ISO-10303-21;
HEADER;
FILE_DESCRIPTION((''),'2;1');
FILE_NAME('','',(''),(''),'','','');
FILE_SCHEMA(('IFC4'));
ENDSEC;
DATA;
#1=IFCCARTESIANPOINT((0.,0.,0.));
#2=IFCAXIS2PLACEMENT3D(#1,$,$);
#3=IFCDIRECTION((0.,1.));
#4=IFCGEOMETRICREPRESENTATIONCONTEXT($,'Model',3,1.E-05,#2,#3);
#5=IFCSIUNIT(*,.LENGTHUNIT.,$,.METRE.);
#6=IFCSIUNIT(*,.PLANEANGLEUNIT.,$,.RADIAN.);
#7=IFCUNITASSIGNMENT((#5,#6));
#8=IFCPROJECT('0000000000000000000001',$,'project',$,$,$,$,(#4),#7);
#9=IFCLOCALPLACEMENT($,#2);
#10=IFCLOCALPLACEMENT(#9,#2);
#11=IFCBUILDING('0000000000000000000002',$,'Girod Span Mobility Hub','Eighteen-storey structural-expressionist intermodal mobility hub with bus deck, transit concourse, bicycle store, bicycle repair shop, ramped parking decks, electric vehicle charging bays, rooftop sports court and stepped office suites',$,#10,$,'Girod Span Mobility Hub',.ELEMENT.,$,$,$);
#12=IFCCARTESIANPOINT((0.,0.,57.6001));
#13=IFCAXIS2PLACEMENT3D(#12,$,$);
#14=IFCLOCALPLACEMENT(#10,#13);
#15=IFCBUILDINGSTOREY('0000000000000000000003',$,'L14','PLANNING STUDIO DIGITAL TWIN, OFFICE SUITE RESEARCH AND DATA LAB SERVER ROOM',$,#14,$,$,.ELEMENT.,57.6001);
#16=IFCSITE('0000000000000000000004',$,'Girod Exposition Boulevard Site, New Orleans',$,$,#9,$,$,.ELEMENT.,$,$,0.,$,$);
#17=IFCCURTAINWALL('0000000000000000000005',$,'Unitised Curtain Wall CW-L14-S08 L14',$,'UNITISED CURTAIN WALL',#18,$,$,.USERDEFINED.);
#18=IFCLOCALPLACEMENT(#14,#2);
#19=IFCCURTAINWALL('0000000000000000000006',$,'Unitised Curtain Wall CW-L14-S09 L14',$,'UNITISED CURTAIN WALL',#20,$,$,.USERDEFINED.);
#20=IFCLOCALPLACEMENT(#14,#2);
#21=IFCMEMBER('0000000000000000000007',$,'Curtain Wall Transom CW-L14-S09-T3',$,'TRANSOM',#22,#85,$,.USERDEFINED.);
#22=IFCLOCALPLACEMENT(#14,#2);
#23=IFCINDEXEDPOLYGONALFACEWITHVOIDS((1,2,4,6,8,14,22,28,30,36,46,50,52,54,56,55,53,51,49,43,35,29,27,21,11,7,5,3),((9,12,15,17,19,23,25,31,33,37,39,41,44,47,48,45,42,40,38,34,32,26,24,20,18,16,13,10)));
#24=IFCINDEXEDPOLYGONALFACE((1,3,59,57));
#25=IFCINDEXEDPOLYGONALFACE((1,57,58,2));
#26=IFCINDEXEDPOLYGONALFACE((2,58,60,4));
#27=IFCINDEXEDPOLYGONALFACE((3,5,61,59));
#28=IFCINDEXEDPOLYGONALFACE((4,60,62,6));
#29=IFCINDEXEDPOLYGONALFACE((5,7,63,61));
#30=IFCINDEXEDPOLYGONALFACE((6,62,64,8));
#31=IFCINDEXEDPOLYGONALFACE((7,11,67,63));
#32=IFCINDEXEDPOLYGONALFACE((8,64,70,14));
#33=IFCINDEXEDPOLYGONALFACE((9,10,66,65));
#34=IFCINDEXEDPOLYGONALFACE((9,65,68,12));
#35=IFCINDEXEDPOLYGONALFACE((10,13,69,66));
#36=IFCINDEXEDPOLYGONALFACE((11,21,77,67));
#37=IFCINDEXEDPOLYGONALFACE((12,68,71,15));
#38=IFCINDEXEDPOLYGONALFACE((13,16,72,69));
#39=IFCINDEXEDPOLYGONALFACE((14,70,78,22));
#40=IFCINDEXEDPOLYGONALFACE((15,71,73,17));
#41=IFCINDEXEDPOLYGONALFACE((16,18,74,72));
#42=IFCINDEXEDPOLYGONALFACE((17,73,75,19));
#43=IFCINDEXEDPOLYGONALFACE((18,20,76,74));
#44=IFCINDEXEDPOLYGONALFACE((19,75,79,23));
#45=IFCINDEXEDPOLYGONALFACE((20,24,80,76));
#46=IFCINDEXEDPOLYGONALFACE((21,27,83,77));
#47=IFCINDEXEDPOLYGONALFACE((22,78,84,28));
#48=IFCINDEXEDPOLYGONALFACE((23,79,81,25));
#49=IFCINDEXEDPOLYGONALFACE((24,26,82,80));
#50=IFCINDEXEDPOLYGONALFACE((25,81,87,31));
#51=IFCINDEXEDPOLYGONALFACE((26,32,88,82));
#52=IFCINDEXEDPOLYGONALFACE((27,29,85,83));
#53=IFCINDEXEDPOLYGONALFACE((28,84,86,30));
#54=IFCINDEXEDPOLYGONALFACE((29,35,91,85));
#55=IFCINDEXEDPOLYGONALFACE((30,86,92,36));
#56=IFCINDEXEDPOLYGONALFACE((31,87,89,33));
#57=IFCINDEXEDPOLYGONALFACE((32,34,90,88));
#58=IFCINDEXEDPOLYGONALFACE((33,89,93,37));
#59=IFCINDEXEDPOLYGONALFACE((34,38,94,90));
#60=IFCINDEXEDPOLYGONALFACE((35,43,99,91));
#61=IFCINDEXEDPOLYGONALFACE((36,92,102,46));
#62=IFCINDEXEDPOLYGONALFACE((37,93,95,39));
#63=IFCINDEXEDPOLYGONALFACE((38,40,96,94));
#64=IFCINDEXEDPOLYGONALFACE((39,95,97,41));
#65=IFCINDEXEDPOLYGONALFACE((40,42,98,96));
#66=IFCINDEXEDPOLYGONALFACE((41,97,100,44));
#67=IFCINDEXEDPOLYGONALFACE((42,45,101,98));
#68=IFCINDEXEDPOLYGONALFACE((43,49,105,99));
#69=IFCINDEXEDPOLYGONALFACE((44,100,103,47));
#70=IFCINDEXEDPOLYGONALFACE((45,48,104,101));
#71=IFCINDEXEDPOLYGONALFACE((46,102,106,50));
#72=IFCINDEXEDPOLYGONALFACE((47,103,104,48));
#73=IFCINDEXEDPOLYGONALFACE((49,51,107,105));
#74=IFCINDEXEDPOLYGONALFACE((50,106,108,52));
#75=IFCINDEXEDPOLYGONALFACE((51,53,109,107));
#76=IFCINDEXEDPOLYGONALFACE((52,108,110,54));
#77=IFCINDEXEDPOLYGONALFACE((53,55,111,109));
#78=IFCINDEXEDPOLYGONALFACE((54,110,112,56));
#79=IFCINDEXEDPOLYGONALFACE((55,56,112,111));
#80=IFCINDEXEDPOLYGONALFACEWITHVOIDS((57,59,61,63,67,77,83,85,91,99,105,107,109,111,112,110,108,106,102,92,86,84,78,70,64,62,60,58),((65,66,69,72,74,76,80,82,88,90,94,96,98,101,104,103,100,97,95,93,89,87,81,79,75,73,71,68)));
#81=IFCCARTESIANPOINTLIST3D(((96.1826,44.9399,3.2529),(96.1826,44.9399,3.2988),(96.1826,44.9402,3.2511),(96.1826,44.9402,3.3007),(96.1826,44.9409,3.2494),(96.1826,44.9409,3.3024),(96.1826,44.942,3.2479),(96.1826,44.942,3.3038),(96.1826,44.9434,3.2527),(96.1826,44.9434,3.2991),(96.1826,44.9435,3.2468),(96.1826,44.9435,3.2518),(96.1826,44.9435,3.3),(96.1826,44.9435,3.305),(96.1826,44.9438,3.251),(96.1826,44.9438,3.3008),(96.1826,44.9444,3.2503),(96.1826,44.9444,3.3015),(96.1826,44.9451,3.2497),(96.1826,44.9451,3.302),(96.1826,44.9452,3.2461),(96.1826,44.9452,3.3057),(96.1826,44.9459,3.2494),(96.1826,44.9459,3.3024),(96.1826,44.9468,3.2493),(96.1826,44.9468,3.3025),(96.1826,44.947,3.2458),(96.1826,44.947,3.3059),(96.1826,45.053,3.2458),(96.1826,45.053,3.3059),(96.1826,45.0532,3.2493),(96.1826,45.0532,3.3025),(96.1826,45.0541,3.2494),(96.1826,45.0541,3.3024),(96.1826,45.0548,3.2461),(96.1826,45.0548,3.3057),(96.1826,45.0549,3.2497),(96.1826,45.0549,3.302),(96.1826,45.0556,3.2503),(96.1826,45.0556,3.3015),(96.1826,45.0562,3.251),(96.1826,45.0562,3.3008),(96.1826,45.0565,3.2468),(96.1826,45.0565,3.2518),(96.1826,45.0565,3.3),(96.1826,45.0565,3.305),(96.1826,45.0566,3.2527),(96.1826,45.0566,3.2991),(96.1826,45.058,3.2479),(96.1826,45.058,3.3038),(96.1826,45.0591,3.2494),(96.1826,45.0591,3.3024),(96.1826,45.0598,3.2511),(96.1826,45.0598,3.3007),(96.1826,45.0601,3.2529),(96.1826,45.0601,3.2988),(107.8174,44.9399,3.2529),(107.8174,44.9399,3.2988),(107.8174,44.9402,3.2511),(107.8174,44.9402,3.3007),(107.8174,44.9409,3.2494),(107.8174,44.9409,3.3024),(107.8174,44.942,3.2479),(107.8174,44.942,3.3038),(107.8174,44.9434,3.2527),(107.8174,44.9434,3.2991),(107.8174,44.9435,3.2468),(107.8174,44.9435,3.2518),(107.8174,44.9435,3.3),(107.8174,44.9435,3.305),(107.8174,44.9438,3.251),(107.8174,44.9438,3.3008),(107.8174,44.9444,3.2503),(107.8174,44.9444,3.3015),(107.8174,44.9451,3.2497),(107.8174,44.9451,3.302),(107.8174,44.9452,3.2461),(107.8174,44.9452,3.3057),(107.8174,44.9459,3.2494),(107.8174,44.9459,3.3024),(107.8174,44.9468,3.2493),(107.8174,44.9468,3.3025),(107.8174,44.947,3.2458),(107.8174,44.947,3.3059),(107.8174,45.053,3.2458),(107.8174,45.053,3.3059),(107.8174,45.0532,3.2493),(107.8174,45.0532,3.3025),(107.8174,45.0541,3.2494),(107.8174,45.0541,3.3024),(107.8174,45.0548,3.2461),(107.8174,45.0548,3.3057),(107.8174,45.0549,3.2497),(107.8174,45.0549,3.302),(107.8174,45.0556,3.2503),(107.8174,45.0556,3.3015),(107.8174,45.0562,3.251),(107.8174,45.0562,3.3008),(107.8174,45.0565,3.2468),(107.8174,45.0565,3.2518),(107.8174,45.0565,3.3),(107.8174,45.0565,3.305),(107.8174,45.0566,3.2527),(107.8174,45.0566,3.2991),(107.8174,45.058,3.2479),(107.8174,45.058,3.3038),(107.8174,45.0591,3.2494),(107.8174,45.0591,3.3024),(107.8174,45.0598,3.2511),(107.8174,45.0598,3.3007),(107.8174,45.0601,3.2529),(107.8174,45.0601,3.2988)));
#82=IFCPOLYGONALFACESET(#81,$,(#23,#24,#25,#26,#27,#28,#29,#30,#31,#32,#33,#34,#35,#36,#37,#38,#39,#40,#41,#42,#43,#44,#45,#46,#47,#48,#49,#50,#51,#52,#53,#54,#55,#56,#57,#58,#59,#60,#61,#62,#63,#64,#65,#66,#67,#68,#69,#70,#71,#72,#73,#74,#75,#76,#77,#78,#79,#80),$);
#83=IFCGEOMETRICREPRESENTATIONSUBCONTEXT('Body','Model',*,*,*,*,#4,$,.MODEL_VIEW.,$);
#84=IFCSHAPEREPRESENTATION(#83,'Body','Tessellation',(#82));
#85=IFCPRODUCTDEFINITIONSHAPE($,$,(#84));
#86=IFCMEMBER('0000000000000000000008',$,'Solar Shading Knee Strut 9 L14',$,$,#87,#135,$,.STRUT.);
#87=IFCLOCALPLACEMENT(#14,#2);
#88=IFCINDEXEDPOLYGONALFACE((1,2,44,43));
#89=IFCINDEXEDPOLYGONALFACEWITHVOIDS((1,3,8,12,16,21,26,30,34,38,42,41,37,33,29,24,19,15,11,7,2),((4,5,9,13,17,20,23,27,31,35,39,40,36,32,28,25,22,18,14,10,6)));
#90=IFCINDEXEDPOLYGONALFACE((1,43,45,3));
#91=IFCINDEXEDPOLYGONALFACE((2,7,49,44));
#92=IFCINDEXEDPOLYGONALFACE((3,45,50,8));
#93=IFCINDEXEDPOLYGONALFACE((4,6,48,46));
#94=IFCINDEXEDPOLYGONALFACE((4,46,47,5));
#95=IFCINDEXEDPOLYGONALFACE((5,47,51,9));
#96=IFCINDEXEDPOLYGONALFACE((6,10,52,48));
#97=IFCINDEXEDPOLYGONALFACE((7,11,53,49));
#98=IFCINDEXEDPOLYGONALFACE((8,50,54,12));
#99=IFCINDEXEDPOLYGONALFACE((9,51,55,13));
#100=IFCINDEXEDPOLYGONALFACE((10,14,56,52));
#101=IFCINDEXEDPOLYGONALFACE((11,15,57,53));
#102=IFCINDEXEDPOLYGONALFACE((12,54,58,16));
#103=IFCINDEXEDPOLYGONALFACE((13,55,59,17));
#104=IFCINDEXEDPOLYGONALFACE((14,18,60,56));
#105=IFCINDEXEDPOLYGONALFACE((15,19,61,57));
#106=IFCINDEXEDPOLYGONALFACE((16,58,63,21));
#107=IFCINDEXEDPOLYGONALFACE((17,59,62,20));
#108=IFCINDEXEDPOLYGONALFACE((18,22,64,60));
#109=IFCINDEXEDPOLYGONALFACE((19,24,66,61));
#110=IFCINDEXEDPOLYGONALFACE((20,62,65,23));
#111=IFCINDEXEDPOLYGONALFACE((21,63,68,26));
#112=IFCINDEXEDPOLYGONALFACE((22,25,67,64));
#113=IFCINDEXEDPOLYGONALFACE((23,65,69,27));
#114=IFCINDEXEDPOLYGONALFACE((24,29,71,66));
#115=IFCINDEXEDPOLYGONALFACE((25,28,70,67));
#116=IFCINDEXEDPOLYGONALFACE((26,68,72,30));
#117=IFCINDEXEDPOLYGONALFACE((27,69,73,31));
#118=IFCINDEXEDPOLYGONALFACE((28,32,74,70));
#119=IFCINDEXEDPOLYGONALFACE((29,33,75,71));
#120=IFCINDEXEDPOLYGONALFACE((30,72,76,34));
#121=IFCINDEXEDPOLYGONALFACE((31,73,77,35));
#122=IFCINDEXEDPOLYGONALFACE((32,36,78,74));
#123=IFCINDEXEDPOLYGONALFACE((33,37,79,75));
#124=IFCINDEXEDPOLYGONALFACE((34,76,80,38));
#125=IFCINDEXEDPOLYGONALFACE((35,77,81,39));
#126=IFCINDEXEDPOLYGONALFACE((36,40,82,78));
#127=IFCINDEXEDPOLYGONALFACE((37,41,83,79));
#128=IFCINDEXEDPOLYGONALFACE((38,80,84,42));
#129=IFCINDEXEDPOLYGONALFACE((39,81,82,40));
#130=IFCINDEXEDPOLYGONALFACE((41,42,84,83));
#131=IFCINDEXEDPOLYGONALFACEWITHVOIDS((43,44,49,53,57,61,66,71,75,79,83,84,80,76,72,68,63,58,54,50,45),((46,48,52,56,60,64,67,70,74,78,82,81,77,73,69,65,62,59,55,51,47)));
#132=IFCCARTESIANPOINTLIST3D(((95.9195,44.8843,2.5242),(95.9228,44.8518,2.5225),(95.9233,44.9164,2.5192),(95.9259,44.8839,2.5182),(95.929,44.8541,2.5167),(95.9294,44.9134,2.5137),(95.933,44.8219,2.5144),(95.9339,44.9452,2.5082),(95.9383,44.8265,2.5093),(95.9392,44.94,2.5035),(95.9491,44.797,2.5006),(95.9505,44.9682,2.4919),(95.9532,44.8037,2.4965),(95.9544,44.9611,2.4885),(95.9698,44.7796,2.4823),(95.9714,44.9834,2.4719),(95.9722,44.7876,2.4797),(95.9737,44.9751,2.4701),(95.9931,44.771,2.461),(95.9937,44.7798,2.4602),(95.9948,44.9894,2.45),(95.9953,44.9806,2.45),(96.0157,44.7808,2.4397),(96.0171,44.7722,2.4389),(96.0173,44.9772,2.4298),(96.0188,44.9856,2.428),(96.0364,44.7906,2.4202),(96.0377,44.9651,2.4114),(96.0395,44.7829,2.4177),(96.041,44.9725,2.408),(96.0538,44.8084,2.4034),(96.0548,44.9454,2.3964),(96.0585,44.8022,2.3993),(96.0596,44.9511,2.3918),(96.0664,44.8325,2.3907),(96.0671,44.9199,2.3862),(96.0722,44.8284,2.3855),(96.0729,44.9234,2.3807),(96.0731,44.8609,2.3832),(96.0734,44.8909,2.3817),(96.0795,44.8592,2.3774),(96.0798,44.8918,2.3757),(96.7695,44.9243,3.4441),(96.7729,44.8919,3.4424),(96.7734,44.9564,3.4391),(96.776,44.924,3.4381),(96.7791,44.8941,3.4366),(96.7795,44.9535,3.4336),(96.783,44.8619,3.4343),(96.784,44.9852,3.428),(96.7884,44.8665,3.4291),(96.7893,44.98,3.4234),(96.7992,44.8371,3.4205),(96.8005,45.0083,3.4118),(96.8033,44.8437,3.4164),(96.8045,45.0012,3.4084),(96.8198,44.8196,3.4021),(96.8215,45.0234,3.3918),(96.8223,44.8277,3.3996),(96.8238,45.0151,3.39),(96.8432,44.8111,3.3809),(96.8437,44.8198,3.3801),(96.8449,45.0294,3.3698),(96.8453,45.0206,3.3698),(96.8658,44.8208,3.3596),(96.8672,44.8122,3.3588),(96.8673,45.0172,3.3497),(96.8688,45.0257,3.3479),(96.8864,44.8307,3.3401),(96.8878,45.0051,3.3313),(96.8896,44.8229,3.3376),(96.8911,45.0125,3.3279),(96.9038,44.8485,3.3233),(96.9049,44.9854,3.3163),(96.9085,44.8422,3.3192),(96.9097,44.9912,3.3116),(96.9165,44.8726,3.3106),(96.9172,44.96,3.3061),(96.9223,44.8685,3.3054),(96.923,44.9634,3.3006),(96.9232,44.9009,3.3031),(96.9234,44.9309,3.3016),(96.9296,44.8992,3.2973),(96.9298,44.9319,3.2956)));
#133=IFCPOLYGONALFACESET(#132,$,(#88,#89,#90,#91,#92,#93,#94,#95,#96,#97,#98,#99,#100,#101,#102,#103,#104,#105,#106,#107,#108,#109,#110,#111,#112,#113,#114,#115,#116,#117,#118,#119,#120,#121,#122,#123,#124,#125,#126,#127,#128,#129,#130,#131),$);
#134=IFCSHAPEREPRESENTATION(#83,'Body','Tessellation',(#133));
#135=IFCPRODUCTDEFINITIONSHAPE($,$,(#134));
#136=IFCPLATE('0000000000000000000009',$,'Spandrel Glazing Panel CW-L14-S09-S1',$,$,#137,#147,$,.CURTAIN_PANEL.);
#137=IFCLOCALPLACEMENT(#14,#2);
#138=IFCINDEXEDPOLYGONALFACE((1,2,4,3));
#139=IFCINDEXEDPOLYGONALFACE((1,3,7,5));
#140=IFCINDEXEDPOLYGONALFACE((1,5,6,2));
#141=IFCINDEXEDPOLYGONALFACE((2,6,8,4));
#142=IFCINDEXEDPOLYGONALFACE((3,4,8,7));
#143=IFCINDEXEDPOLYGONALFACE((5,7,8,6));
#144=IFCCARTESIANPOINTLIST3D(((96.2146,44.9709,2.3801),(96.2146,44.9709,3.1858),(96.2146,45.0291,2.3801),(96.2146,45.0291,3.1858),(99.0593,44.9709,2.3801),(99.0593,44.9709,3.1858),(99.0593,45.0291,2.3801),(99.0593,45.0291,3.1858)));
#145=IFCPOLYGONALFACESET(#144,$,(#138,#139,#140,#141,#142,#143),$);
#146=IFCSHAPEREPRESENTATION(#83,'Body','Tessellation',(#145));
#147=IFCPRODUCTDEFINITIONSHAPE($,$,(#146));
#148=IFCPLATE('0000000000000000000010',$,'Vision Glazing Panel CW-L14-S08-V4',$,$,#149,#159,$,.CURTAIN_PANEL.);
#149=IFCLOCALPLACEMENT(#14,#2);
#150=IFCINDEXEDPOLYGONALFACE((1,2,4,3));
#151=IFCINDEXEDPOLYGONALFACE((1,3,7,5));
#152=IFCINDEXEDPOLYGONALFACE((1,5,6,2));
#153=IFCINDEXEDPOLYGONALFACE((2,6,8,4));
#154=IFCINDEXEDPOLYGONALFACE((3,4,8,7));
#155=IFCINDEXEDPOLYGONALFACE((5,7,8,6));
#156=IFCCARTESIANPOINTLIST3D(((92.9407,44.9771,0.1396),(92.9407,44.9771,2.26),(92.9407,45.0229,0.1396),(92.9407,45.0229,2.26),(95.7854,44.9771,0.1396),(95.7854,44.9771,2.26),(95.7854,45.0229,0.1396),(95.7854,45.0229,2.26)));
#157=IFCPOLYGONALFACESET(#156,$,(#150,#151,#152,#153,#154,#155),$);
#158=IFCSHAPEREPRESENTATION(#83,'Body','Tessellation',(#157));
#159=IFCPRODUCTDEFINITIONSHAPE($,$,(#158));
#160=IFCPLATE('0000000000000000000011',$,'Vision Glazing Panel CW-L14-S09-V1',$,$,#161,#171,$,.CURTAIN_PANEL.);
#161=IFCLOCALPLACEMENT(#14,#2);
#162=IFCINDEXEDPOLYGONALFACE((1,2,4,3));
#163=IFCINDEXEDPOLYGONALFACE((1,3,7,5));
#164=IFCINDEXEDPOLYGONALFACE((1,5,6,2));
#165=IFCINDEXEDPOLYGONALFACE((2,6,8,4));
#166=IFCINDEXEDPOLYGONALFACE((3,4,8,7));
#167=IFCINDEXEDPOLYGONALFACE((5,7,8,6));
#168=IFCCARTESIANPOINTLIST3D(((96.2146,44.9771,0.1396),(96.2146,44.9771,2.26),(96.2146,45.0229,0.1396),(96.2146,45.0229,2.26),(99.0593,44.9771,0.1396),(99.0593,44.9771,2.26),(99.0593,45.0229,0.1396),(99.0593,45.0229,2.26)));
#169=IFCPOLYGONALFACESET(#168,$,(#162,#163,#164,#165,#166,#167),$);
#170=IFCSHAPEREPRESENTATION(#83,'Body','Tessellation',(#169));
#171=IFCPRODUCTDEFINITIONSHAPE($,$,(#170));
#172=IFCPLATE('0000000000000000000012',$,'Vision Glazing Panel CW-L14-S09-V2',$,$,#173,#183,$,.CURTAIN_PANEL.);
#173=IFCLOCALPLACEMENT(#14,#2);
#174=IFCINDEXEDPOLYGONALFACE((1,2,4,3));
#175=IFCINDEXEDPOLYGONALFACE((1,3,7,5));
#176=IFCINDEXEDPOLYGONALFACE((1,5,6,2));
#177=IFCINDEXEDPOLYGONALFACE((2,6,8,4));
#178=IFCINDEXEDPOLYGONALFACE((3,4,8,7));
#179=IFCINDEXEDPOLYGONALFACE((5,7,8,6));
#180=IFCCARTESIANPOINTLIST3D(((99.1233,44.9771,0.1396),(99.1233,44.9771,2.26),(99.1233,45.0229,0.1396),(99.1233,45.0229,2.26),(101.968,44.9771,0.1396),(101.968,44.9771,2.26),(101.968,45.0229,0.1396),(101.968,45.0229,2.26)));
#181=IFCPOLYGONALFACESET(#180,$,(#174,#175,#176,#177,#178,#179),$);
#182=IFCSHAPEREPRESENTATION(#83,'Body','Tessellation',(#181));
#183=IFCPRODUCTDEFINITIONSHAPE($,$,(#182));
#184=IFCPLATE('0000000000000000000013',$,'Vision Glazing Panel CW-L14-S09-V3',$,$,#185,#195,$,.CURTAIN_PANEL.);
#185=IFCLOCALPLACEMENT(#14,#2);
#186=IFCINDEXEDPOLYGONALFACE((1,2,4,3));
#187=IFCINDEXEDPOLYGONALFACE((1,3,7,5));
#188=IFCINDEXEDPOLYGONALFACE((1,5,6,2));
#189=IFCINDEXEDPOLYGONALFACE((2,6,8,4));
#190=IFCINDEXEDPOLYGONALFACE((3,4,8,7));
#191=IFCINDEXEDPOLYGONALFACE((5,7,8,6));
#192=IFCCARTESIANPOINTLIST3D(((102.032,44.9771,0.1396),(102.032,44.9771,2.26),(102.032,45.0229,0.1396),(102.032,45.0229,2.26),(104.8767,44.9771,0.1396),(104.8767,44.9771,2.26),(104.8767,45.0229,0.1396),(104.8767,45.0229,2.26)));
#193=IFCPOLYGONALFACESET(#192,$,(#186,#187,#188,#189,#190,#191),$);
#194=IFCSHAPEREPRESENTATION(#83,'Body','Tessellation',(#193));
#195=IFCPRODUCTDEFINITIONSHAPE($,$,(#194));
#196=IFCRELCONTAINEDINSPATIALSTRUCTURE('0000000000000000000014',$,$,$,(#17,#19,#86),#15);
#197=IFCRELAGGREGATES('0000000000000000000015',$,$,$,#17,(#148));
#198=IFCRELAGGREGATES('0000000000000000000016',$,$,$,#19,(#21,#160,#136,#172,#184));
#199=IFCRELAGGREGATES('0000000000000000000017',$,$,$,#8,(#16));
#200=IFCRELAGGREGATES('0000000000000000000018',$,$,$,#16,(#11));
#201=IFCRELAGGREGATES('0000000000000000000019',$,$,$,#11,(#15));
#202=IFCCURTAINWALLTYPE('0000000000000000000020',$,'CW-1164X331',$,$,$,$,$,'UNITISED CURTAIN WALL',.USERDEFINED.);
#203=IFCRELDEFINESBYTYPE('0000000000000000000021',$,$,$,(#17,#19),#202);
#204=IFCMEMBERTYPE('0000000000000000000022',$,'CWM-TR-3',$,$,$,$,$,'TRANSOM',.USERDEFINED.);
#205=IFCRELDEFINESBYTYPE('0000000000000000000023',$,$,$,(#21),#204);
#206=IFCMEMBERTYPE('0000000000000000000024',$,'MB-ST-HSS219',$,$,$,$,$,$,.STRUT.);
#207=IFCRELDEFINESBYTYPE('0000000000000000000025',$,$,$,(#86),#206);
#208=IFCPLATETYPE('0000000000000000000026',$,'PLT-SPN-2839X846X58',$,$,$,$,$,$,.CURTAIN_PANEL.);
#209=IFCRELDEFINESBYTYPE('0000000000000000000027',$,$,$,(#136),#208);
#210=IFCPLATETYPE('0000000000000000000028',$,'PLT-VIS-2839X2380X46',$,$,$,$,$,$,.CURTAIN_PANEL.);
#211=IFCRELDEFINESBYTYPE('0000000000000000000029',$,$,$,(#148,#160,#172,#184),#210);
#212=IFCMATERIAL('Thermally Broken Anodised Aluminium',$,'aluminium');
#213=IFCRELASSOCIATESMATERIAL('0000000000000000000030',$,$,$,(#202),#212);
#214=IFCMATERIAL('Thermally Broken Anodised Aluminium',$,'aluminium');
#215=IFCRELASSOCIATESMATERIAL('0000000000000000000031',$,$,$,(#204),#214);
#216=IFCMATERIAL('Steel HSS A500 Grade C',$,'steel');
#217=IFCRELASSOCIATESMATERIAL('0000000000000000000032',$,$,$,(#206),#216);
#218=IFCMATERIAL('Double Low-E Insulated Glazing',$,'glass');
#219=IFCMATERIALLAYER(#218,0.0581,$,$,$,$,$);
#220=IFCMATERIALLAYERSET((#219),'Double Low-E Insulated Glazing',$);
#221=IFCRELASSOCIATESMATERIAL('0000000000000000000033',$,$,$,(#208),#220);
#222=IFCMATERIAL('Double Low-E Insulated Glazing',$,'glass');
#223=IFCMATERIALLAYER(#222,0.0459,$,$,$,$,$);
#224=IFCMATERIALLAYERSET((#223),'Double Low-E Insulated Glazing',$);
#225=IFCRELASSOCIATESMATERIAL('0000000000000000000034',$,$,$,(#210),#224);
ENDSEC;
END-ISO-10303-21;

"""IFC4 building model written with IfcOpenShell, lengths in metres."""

from ifc_helpers import new_model, si_unit, direction, frame, origin, origin_2d, place, context, subcontext, project, spatial, rectangle, hollow_rectangle, hollow_circle, extrude, material, layer, layer_set, material_profile, profile_set, type_object, element, aggregate, save


model = new_model("IFC4")

# Units and contexts
model_context = context("Model", 3, precision=1e-05, world=origin(), true_north=direction((0.0, 1.0)))
body_context = subcontext(model_context, "Body", "Model", "MODEL_VIEW")
ifc_project = project(units=[si_unit("LENGTHUNIT", "METRE"), si_unit("PLANEANGLEUNIT", "RADIAN")], contexts=[model_context])

# Site, building, storey
site_placement = place(None, origin())
site = spatial("IfcSite", under=ifc_project, at=site_placement, Name="Girod Exposition Boulevard Site, New Orleans", CompositionType="ELEMENT", RefElevation=0.0)
building_placement = place(site_placement, origin())
building = spatial("IfcBuilding", under=site, at=building_placement, Name="Girod Span Mobility Hub", Description="Eighteen-storey structural-expressionist intermodal mobility hub with bus deck, transit concourse, bicycle store, bicycle repair shop, ramped parking decks, electric vehicle charging bays, rooftop sports court and stepped office suites", LongName="Girod Span Mobility Hub", CompositionType="ELEMENT")
storey_placement = place(building_placement, frame((0.0, 0.0, 57.6001)))
storey = spatial("IfcBuildingStorey", under=building, at=storey_placement, Name="L14", Description="PLANNING STUDIO DIGITAL TWIN, OFFICE SUITE RESEARCH AND DATA LAB SERVER ROOM", CompositionType="ELEMENT", Elevation=57.6001)

# Curtain wall
ifc_material_1 = material(Name="Thermally Broken Anodised Aluminium", Category="aluminium")
curtain_wall_type = type_object("IfcCurtainWallType", Name="CW-1164X331", ElementType="UNITISED CURTAIN WALL", PredefinedType="USERDEFINED", material=ifc_material_1)
curtain_wall_1_placement = place(storey_placement, origin())
curtain_wall_1 = element("IfcCurtainWall", 1, at=curtain_wall_1_placement, inside=storey, type_object=curtain_wall_type, Name="Unitised Curtain Wall CW-L14-S08 L14", ObjectType="UNITISED CURTAIN WALL", PredefinedType="USERDEFINED")

# Curtain wall, member
curtain_wall_2_placement = place(storey_placement, origin())
curtain_wall_2 = element("IfcCurtainWall", 2, at=curtain_wall_2_placement, inside=storey, type_object=curtain_wall_type, Name="Unitised Curtain Wall CW-L14-S09 L14", ObjectType="UNITISED CURTAIN WALL", PredefinedType="USERDEFINED")
ifc_material_2 = material(Name="Thermally Broken Anodised Aluminium", Category="aluminium")
ifc_material_profile_1 = material_profile(ifc_material_2, hollow_rectangle(XDim=0.1201, YDim=0.0601, WallThickness=0.0034, InnerFilletRadius=0.0034, OuterFilletRadius=0.0071, at=origin_2d()), Name="CW-TR-60X120")
ifc_profile_set_1 = profile_set([ifc_material_profile_1], Name="Thermally Broken Anodised Aluminium")
member_type_1 = type_object("IfcMemberType", Name="CWM-TR-3", ElementType="TRANSOM", PredefinedType="USERDEFINED", material=ifc_profile_set_1)
member_1_placement = place(storey_placement, frame((96.1826, 45.0, 3.2759), z_axis=(1.0, 0.0, 0.0), x_axis=(0.0, 1.0, 0.0)))
member_1 = element("IfcMember", 3, at=member_1_placement, type_object=member_type_1, Name="Curtain Wall Transom CW-L14-S09-T3", ObjectType="TRANSOM", PredefinedType="USERDEFINED", context=body_context, shape_type="SweptSolid", body=[
    extrude(hollow_rectangle(XDim=0.1201, YDim=0.0601, WallThickness=0.0034, InnerFilletRadius=0.0034, OuterFilletRadius=0.0071, at=origin_2d()), origin(), (0.0, 0.0, 1.0), 11.6348),
])

# Member
ifc_material_3 = material(Name="Steel HSS A500 Grade C", Category="steel")
ifc_material_profile_2 = material_profile(ifc_material_3, hollow_circle(Radius=0.1096, WallThickness=0.0088, at=origin_2d()), Name="HSS219X9.5")
ifc_profile_set_2 = profile_set([ifc_material_profile_2], Name="Steel HSS A500 Grade C")
member_type_2 = type_object("IfcMemberType", Name="MB-ST-HSS219", PredefinedType="STRUT", material=ifc_profile_set_2)
member_2_placement = place(storey_placement, frame((96.0, 44.8799, 2.45), z_axis=(0.678338, 0.031949, 0.734055), x_axis=(-0.047047, 0.998893, 0.0)))
element("IfcMember", 4, at=member_2_placement, inside=storey, type_object=member_type_2, Name="Solar Shading Knee Strut 9 L14", PredefinedType="STRUT", context=body_context, shape_type="SweptSolid", body=[
    extrude(hollow_circle(Radius=0.1096, WallThickness=0.0088, at=origin_2d()), origin(), (0.0, 0.0, 1.0), 1.2532),
])

# Plates
ifc_material_4 = material(Name="Double Low-E Insulated Glazing", Category="glass")
ifc_layer_1 = layer(ifc_material_4, 0.0581)
ifc_layer_set_1 = layer_set([ifc_layer_1], Name="Double Low-E Insulated Glazing")
plate_type_1 = type_object("IfcPlateType", Name="PLT-SPN-2839X846X58", PredefinedType="CURTAIN_PANEL", material=ifc_layer_set_1)
plate_1_placement = place(storey_placement, frame((97.637, 45.0, 2.3801), z_axis=(0.0, 0.0, 1.0), x_axis=(1.0, 0.0, 0.0)))
plate_1 = element("IfcPlate", 5, at=plate_1_placement, type_object=plate_type_1, Name="Spandrel Glazing Panel CW-L14-S09-S1", PredefinedType="CURTAIN_PANEL", context=body_context, shape_type="SweptSolid", body=[
    extrude(rectangle(XDim=2.8447, YDim=0.0581, at=origin_2d()), origin(), (0.0, 0.0, 1.0), 0.8057),
])
ifc_material_5 = material(Name="Double Low-E Insulated Glazing", Category="glass")
ifc_layer_2 = layer(ifc_material_5, 0.0459)
ifc_layer_set_2 = layer_set([ifc_layer_2], Name="Double Low-E Insulated Glazing")
plate_type_2 = type_object("IfcPlateType", Name="PLT-VIS-2839X2380X46", PredefinedType="CURTAIN_PANEL", material=ifc_layer_set_2)
plate_2_placement = place(storey_placement, frame((94.363, 45.0, 0.1396), z_axis=(0.0, 0.0, 1.0), x_axis=(1.0, 0.0, 0.0)))
plate_2 = element("IfcPlate", 6, at=plate_2_placement, type_object=plate_type_2, Name="Vision Glazing Panel CW-L14-S08-V4", PredefinedType="CURTAIN_PANEL", context=body_context, shape_type="SweptSolid", body=[
    extrude(rectangle(XDim=2.8447, YDim=0.0459, at=origin_2d()), origin(), (0.0, 0.0, 1.0), 2.1204),
])
aggregate(curtain_wall_1, [plate_2])
plate_3_placement = place(storey_placement, frame((97.637, 45.0, 0.1396), z_axis=(0.0, 0.0, 1.0), x_axis=(1.0, 0.0, 0.0)))
plate_3 = element("IfcPlate", 7, at=plate_3_placement, type_object=plate_type_2, Name="Vision Glazing Panel CW-L14-S09-V1", PredefinedType="CURTAIN_PANEL", context=body_context, shape_type="SweptSolid", body=[
    extrude(rectangle(XDim=2.8447, YDim=0.0459, at=origin_2d()), origin(), (0.0, 0.0, 1.0), 2.1204),
])
plate_4_placement = place(storey_placement, frame((100.5457, 45.0, 0.1396), z_axis=(0.0, 0.0, 1.0), x_axis=(1.0, 0.0, 0.0)))
plate_4 = element("IfcPlate", 8, at=plate_4_placement, type_object=plate_type_2, Name="Vision Glazing Panel CW-L14-S09-V2", PredefinedType="CURTAIN_PANEL", context=body_context, shape_type="SweptSolid", body=[
    extrude(rectangle(XDim=2.8447, YDim=0.0459, at=origin_2d()), origin(), (0.0, 0.0, 1.0), 2.1204),
])
plate_5_placement = place(storey_placement, frame((103.4543, 45.0, 0.1396), z_axis=(0.0, 0.0, 1.0), x_axis=(1.0, 0.0, 0.0)))
plate_5 = element("IfcPlate", 9, at=plate_5_placement, type_object=plate_type_2, Name="Vision Glazing Panel CW-L14-S09-V3", PredefinedType="CURTAIN_PANEL", context=body_context, shape_type="SweptSolid", body=[
    extrude(rectangle(XDim=2.8447, YDim=0.0459, at=origin_2d()), origin(), (0.0, 0.0, 1.0), 2.1204),
])
aggregate(curtain_wall_2, [member_1, plate_3, plate_1, plate_4, plate_5])

save(model, "model.ifc")
